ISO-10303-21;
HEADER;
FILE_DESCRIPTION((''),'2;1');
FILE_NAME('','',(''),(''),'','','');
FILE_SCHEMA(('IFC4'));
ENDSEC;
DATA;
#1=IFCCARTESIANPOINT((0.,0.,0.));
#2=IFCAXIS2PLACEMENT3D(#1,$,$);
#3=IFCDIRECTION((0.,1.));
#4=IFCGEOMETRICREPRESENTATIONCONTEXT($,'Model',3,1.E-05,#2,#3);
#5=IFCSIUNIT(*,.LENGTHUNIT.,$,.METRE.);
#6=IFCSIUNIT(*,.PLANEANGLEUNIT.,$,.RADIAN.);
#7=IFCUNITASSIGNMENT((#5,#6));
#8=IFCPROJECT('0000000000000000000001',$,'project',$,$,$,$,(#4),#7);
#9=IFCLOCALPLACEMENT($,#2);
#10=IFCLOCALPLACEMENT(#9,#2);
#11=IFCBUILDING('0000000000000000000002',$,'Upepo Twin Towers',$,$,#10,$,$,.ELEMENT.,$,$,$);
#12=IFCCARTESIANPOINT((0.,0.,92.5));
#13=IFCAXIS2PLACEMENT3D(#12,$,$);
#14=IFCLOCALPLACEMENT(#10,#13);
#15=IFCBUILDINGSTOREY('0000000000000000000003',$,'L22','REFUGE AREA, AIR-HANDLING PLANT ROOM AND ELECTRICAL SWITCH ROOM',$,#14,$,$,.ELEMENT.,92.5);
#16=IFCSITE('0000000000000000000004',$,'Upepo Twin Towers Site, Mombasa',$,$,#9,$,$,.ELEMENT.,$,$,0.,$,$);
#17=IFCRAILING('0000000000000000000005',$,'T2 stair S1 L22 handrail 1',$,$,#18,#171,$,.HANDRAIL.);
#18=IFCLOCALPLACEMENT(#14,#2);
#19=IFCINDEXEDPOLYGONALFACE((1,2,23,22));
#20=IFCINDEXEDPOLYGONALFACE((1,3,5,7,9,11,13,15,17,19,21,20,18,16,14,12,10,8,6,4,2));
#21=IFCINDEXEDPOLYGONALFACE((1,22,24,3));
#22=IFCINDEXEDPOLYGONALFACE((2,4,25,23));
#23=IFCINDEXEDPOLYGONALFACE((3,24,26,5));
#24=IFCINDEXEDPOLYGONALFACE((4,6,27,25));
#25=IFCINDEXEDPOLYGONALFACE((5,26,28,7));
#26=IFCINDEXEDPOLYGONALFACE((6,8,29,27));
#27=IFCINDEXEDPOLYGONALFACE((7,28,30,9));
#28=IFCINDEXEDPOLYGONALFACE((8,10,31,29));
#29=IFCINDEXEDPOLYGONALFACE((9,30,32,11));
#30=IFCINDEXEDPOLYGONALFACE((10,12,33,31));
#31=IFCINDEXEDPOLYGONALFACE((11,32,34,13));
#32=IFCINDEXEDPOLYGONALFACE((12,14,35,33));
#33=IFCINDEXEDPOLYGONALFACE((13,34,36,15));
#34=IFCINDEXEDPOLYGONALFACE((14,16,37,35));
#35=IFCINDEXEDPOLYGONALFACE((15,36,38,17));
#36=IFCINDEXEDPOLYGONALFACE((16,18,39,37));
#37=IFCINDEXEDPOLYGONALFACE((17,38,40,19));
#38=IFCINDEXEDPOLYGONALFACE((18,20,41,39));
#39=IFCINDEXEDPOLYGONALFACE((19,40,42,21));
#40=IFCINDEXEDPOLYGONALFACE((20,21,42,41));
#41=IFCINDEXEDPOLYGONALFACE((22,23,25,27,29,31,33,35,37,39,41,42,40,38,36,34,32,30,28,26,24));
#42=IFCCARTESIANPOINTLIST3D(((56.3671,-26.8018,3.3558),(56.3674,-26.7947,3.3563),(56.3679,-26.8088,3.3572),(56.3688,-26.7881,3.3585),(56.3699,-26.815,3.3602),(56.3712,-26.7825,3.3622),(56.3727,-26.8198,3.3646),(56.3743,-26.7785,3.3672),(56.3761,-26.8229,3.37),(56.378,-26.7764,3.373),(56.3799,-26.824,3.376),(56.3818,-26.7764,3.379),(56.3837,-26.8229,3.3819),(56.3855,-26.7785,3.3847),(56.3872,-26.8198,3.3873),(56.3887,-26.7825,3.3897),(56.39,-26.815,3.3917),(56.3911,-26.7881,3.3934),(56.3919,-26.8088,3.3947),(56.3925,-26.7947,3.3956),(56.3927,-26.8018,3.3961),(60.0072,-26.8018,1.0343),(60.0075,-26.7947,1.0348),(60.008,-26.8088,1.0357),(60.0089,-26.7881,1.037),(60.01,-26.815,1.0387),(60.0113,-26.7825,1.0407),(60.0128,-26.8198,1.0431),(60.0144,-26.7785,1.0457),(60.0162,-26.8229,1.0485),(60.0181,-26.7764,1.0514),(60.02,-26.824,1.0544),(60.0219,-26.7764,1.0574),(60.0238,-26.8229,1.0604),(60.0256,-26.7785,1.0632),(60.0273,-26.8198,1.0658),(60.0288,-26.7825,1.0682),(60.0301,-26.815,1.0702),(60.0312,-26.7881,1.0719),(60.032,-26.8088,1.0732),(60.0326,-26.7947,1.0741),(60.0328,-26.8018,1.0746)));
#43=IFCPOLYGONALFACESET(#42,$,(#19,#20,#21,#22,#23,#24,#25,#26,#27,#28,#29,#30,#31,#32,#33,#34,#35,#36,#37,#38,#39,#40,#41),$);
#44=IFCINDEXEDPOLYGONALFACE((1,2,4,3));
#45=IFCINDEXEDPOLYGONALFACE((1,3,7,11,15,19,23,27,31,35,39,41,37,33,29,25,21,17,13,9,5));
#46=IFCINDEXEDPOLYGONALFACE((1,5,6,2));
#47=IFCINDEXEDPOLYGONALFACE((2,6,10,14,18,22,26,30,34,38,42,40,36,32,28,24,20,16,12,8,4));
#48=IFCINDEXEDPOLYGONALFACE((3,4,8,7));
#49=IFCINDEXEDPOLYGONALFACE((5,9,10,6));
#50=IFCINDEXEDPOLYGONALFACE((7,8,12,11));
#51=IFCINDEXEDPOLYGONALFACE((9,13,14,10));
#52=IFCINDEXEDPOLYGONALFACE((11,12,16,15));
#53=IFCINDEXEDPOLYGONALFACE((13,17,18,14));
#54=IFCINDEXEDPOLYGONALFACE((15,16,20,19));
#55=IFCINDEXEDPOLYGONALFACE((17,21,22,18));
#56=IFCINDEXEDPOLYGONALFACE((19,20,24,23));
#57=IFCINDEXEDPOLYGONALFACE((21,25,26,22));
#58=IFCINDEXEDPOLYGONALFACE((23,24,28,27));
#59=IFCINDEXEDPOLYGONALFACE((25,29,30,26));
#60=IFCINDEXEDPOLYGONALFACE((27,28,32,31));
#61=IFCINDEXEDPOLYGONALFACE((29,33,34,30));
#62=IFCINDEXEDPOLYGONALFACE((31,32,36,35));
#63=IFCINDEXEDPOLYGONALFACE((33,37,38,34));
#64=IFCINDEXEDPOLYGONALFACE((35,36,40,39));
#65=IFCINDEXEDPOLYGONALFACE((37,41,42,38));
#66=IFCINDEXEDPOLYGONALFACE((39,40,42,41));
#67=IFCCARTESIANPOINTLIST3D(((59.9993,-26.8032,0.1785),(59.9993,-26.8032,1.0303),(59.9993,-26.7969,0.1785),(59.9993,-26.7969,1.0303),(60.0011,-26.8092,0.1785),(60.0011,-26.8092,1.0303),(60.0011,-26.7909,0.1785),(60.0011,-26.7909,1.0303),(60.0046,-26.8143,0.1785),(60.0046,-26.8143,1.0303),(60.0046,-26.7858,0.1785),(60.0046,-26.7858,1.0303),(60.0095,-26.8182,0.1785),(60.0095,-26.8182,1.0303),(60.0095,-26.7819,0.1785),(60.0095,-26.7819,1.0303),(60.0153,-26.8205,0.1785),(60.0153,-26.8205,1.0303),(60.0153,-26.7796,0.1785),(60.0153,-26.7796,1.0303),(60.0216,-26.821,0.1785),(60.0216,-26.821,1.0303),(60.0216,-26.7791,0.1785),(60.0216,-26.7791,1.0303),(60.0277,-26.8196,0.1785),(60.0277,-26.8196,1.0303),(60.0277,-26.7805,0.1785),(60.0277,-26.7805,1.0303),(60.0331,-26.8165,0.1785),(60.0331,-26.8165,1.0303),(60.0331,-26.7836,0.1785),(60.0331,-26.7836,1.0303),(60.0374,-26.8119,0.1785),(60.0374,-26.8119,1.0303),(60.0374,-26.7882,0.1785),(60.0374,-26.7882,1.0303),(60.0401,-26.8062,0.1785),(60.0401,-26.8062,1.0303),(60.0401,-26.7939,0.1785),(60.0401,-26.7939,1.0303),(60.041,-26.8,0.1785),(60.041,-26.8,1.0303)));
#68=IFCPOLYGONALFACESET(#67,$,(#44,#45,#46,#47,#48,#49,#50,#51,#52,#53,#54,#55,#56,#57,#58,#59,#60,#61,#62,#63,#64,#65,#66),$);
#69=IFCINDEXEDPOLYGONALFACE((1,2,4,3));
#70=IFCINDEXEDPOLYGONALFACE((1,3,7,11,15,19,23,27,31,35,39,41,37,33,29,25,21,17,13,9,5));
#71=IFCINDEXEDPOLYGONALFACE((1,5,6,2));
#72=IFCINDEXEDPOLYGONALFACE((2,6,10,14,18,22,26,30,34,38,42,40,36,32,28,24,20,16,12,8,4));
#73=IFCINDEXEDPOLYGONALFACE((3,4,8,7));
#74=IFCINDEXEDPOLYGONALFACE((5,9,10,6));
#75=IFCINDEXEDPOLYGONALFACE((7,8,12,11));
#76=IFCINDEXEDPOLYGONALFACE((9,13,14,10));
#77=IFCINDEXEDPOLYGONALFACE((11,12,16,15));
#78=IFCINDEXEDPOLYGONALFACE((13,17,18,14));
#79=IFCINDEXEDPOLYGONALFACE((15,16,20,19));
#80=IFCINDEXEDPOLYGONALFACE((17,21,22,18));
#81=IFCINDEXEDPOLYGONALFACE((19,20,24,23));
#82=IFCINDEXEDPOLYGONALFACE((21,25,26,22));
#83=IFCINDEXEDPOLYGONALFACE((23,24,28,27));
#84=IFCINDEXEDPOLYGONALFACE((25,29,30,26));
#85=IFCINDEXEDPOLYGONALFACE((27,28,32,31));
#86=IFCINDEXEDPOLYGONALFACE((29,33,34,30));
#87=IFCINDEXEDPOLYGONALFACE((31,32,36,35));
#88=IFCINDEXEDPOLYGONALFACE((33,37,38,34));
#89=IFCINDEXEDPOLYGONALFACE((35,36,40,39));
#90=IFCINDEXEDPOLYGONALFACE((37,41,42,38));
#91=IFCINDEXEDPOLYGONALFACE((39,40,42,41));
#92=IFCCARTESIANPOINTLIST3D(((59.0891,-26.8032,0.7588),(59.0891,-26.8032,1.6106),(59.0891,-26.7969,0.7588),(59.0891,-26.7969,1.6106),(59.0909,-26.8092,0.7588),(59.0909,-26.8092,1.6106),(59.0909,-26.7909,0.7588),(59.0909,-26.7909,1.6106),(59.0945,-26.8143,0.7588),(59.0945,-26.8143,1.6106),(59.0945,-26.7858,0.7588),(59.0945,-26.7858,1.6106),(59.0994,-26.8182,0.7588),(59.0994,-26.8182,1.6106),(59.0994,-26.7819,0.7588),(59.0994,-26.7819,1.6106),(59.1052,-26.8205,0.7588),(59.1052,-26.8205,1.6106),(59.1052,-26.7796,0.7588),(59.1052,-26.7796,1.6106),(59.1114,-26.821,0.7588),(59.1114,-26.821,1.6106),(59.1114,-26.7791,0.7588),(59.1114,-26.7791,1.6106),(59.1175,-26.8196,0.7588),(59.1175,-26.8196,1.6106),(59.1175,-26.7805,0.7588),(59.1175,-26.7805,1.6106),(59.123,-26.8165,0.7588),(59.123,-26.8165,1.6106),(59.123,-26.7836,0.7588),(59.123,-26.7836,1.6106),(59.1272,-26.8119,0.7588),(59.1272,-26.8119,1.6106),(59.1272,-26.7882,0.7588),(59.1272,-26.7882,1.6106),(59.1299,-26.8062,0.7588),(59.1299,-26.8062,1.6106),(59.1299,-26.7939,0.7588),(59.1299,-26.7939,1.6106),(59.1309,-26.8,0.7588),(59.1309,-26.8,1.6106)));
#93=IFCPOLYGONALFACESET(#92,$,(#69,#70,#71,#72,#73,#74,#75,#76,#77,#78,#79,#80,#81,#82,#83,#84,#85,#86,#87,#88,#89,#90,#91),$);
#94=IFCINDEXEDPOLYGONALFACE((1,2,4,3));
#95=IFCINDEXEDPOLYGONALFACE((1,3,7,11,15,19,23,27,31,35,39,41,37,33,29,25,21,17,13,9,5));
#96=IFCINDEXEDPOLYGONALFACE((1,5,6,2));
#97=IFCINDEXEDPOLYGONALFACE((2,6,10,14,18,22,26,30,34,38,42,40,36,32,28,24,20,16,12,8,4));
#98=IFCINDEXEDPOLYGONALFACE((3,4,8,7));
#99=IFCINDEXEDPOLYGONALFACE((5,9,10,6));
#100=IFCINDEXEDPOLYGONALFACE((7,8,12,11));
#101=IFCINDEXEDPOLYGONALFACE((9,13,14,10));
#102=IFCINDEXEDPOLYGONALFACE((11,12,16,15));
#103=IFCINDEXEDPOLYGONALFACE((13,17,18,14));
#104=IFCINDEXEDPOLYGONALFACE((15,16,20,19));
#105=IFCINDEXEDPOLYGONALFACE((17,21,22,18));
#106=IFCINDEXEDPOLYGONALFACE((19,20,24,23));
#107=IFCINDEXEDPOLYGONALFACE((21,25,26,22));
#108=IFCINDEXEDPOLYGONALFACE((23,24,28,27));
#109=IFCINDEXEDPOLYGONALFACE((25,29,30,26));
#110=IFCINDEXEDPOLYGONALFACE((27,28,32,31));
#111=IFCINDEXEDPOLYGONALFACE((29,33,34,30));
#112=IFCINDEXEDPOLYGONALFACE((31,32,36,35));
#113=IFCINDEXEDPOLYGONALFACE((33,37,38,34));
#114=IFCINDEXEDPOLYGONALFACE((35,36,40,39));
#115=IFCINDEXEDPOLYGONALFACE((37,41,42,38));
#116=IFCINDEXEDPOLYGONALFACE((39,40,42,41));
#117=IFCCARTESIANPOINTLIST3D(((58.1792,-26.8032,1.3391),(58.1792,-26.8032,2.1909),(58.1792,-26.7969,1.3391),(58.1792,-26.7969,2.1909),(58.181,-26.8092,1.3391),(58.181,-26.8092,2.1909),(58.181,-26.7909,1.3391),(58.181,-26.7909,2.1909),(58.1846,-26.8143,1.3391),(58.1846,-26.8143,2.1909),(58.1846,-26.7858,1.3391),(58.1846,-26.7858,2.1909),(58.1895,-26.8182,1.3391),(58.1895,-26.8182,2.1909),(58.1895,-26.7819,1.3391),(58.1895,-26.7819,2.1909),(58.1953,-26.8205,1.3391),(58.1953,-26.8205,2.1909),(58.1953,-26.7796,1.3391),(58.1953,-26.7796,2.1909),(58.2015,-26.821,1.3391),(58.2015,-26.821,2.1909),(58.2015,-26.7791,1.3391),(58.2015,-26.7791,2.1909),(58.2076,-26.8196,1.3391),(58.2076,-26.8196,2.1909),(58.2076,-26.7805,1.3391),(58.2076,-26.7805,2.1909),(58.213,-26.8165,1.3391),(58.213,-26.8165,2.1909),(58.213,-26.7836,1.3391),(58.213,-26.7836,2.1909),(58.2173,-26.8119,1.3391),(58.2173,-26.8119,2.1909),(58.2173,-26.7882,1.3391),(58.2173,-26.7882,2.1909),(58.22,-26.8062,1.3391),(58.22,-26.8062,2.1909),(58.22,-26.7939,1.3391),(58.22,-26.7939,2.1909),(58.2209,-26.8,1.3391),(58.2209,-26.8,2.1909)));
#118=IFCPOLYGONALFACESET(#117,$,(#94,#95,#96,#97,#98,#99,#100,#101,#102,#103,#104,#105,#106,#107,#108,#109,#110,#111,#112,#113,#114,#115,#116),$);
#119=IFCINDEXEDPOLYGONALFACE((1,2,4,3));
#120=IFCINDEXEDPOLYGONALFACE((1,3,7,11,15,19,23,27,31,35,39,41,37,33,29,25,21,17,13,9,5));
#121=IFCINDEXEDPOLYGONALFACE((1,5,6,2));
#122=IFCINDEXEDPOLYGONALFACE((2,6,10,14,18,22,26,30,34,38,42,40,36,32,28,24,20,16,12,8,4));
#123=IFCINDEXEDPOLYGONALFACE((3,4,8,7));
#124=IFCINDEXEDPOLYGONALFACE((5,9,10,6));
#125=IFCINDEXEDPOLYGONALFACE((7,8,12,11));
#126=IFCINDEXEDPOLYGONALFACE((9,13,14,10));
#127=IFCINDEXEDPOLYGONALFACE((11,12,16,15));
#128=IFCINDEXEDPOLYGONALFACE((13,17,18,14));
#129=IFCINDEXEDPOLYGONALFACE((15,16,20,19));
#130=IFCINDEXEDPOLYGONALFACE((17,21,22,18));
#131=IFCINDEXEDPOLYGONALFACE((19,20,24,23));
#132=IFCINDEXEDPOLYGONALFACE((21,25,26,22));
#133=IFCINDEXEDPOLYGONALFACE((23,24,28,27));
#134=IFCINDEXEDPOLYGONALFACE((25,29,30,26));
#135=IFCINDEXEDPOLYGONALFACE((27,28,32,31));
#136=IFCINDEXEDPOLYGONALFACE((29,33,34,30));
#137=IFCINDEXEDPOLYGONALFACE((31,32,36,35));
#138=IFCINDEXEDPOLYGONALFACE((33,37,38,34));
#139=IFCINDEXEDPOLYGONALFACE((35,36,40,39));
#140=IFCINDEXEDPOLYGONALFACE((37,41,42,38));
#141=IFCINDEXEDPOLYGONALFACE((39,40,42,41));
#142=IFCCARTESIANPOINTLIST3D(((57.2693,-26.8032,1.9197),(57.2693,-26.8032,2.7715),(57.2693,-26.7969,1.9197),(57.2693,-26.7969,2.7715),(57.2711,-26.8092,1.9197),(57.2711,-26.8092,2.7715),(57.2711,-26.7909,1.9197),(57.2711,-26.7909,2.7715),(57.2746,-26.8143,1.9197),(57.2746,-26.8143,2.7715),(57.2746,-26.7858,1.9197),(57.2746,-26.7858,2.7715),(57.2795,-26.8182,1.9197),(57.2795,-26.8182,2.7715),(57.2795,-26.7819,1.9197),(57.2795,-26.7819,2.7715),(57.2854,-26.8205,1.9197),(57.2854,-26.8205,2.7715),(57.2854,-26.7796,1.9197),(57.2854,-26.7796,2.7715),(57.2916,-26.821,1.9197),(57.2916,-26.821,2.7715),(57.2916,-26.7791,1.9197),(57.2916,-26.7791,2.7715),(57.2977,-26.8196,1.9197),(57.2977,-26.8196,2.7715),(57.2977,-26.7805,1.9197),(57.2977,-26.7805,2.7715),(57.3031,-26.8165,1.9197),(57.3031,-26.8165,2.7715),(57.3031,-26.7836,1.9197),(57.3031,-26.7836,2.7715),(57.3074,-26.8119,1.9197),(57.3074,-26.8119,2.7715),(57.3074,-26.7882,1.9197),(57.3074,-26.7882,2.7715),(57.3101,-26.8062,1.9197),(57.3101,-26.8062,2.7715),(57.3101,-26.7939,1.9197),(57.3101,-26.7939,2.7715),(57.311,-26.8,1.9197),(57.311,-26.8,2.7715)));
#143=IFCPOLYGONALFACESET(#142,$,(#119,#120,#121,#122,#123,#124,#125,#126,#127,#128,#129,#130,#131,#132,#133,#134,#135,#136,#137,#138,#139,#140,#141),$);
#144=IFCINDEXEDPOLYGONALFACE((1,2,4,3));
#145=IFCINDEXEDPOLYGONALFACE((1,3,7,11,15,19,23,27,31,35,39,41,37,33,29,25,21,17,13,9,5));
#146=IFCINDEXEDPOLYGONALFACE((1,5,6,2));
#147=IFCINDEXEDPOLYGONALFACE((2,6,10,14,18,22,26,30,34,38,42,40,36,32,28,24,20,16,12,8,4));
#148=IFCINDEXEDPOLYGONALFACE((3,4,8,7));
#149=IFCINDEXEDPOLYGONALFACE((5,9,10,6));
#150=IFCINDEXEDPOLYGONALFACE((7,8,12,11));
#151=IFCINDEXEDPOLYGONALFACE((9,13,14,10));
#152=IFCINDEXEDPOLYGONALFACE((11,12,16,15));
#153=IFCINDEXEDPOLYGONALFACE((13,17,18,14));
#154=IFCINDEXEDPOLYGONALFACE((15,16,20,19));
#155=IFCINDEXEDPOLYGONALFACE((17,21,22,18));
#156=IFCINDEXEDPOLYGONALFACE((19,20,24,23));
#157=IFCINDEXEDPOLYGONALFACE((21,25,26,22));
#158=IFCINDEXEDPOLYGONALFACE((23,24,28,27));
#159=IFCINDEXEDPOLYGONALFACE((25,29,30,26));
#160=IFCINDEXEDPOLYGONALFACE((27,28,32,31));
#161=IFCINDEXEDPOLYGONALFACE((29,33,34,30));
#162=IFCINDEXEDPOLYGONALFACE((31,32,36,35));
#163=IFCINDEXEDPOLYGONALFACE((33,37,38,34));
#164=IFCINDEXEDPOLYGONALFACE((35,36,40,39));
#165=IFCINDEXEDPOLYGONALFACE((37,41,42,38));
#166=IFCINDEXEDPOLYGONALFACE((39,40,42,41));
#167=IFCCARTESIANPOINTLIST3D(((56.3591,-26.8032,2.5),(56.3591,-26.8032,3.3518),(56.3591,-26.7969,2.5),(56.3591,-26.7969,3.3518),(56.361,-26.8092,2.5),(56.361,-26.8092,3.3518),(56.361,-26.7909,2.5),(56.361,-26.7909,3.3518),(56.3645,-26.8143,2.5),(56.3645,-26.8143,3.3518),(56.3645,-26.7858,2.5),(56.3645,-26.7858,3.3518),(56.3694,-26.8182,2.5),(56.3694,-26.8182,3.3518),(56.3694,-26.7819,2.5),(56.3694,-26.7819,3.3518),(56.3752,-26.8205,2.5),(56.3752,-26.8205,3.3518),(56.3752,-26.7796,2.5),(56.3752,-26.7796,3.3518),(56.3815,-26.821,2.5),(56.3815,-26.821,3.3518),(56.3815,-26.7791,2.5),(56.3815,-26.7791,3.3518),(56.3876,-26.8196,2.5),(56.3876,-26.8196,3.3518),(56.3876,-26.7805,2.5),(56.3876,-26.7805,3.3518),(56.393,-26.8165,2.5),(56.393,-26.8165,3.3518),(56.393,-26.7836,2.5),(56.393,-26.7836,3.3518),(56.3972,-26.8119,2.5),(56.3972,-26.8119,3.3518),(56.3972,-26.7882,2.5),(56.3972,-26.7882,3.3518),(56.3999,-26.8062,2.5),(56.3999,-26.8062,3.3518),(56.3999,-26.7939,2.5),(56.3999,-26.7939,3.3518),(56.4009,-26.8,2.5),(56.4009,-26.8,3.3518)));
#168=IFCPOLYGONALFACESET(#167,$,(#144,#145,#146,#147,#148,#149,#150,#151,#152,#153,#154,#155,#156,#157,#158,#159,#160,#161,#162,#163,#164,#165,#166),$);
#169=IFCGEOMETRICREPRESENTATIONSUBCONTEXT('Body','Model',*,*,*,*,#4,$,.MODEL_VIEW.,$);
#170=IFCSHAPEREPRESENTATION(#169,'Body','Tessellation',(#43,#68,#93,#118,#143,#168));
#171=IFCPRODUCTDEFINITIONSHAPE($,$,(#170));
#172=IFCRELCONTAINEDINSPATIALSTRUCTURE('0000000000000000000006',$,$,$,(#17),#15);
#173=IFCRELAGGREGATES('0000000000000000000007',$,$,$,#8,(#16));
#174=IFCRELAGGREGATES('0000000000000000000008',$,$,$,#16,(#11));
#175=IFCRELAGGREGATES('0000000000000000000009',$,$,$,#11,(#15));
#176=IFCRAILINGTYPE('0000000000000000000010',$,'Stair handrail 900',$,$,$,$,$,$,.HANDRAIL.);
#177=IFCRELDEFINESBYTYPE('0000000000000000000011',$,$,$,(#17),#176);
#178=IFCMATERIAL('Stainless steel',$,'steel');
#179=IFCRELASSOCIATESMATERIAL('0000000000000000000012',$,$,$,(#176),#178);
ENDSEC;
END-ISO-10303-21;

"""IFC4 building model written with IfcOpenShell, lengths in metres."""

from ifc_helpers import new_model, si_unit, direction, frame, origin, origin_2d, place, context, subcontext, project, spatial, circle, extrude, material, type_object, element, save


model = new_model("IFC4")

# Units and contexts
model_context = context("Model", 3, precision=1e-05, world=origin(), true_north=direction((0.0, 1.0)))
body_context = subcontext(model_context, "Body", "Model", "MODEL_VIEW")
ifc_project = project(units=[si_unit("LENGTHUNIT", "METRE"), si_unit("PLANEANGLEUNIT", "RADIAN")], contexts=[model_context])

# Site, building, storey
site_placement = place(None, origin())
site = spatial("IfcSite", under=ifc_project, at=site_placement, Name="Upepo Twin Towers Site, Mombasa", CompositionType="ELEMENT", RefElevation=0.0)
building_placement = place(site_placement, origin())
building = spatial("IfcBuilding", under=site, at=building_placement, Name="Upepo Twin Towers", CompositionType="ELEMENT")
storey_placement = place(building_placement, frame((0.0, 0.0, 92.5)))
storey = spatial("IfcBuildingStorey", under=building, at=storey_placement, Name="L22", Description="REFUGE AREA, AIR-HANDLING PLANT ROOM AND ELECTRICAL SWITCH ROOM", CompositionType="ELEMENT", Elevation=92.5)

# Railing
ifc_material_1 = material(Name="Stainless steel", Category="steel")
railing_type = type_object("IfcRailingType", Name="Stair handrail 900", PredefinedType="HANDRAIL", material=ifc_material_1)
railing_1_placement = place(storey_placement, frame((60.02, -26.8, 0.1785)))
element("IfcRailing", 1, at=railing_1_placement, inside=storey, type_object=railing_type, Name="T2 stair S1 L22 handrail 1", PredefinedType="HANDRAIL", context=body_context, shape_type="SweptSolid", body=[
    extrude(circle(Radius=0.0239, at=origin_2d()), frame((0.0, 0.0, 0.876), z_axis=(-0.843128, 0.0, 0.537713), x_axis=(0.0, -1.0, 0.0)), (0.0, 0.0, 1.0), 4.3174),
    extrude(circle(Radius=0.021, at=origin_2d()), origin(), (0.0, 0.0, 1.0), 0.8518),
    extrude(circle(Radius=0.021, at=origin_2d()), frame((-0.9102, 0.0, 0.5803)), (0.0, 0.0, 1.0), 0.8518),
    extrude(circle(Radius=0.021, at=origin_2d()), frame((-1.8201, 0.0, 1.1606)), (0.0, 0.0, 1.0), 0.8518),
    extrude(circle(Radius=0.021, at=origin_2d()), frame((-2.73, 0.0, 1.7412)), (0.0, 0.0, 1.0), 0.8518),
    extrude(circle(Radius=0.021, at=origin_2d()), frame((-3.6401, 0.0, 2.3215)), (0.0, 0.0, 1.0), 0.8518),
])

save(model, "model.ifc")
